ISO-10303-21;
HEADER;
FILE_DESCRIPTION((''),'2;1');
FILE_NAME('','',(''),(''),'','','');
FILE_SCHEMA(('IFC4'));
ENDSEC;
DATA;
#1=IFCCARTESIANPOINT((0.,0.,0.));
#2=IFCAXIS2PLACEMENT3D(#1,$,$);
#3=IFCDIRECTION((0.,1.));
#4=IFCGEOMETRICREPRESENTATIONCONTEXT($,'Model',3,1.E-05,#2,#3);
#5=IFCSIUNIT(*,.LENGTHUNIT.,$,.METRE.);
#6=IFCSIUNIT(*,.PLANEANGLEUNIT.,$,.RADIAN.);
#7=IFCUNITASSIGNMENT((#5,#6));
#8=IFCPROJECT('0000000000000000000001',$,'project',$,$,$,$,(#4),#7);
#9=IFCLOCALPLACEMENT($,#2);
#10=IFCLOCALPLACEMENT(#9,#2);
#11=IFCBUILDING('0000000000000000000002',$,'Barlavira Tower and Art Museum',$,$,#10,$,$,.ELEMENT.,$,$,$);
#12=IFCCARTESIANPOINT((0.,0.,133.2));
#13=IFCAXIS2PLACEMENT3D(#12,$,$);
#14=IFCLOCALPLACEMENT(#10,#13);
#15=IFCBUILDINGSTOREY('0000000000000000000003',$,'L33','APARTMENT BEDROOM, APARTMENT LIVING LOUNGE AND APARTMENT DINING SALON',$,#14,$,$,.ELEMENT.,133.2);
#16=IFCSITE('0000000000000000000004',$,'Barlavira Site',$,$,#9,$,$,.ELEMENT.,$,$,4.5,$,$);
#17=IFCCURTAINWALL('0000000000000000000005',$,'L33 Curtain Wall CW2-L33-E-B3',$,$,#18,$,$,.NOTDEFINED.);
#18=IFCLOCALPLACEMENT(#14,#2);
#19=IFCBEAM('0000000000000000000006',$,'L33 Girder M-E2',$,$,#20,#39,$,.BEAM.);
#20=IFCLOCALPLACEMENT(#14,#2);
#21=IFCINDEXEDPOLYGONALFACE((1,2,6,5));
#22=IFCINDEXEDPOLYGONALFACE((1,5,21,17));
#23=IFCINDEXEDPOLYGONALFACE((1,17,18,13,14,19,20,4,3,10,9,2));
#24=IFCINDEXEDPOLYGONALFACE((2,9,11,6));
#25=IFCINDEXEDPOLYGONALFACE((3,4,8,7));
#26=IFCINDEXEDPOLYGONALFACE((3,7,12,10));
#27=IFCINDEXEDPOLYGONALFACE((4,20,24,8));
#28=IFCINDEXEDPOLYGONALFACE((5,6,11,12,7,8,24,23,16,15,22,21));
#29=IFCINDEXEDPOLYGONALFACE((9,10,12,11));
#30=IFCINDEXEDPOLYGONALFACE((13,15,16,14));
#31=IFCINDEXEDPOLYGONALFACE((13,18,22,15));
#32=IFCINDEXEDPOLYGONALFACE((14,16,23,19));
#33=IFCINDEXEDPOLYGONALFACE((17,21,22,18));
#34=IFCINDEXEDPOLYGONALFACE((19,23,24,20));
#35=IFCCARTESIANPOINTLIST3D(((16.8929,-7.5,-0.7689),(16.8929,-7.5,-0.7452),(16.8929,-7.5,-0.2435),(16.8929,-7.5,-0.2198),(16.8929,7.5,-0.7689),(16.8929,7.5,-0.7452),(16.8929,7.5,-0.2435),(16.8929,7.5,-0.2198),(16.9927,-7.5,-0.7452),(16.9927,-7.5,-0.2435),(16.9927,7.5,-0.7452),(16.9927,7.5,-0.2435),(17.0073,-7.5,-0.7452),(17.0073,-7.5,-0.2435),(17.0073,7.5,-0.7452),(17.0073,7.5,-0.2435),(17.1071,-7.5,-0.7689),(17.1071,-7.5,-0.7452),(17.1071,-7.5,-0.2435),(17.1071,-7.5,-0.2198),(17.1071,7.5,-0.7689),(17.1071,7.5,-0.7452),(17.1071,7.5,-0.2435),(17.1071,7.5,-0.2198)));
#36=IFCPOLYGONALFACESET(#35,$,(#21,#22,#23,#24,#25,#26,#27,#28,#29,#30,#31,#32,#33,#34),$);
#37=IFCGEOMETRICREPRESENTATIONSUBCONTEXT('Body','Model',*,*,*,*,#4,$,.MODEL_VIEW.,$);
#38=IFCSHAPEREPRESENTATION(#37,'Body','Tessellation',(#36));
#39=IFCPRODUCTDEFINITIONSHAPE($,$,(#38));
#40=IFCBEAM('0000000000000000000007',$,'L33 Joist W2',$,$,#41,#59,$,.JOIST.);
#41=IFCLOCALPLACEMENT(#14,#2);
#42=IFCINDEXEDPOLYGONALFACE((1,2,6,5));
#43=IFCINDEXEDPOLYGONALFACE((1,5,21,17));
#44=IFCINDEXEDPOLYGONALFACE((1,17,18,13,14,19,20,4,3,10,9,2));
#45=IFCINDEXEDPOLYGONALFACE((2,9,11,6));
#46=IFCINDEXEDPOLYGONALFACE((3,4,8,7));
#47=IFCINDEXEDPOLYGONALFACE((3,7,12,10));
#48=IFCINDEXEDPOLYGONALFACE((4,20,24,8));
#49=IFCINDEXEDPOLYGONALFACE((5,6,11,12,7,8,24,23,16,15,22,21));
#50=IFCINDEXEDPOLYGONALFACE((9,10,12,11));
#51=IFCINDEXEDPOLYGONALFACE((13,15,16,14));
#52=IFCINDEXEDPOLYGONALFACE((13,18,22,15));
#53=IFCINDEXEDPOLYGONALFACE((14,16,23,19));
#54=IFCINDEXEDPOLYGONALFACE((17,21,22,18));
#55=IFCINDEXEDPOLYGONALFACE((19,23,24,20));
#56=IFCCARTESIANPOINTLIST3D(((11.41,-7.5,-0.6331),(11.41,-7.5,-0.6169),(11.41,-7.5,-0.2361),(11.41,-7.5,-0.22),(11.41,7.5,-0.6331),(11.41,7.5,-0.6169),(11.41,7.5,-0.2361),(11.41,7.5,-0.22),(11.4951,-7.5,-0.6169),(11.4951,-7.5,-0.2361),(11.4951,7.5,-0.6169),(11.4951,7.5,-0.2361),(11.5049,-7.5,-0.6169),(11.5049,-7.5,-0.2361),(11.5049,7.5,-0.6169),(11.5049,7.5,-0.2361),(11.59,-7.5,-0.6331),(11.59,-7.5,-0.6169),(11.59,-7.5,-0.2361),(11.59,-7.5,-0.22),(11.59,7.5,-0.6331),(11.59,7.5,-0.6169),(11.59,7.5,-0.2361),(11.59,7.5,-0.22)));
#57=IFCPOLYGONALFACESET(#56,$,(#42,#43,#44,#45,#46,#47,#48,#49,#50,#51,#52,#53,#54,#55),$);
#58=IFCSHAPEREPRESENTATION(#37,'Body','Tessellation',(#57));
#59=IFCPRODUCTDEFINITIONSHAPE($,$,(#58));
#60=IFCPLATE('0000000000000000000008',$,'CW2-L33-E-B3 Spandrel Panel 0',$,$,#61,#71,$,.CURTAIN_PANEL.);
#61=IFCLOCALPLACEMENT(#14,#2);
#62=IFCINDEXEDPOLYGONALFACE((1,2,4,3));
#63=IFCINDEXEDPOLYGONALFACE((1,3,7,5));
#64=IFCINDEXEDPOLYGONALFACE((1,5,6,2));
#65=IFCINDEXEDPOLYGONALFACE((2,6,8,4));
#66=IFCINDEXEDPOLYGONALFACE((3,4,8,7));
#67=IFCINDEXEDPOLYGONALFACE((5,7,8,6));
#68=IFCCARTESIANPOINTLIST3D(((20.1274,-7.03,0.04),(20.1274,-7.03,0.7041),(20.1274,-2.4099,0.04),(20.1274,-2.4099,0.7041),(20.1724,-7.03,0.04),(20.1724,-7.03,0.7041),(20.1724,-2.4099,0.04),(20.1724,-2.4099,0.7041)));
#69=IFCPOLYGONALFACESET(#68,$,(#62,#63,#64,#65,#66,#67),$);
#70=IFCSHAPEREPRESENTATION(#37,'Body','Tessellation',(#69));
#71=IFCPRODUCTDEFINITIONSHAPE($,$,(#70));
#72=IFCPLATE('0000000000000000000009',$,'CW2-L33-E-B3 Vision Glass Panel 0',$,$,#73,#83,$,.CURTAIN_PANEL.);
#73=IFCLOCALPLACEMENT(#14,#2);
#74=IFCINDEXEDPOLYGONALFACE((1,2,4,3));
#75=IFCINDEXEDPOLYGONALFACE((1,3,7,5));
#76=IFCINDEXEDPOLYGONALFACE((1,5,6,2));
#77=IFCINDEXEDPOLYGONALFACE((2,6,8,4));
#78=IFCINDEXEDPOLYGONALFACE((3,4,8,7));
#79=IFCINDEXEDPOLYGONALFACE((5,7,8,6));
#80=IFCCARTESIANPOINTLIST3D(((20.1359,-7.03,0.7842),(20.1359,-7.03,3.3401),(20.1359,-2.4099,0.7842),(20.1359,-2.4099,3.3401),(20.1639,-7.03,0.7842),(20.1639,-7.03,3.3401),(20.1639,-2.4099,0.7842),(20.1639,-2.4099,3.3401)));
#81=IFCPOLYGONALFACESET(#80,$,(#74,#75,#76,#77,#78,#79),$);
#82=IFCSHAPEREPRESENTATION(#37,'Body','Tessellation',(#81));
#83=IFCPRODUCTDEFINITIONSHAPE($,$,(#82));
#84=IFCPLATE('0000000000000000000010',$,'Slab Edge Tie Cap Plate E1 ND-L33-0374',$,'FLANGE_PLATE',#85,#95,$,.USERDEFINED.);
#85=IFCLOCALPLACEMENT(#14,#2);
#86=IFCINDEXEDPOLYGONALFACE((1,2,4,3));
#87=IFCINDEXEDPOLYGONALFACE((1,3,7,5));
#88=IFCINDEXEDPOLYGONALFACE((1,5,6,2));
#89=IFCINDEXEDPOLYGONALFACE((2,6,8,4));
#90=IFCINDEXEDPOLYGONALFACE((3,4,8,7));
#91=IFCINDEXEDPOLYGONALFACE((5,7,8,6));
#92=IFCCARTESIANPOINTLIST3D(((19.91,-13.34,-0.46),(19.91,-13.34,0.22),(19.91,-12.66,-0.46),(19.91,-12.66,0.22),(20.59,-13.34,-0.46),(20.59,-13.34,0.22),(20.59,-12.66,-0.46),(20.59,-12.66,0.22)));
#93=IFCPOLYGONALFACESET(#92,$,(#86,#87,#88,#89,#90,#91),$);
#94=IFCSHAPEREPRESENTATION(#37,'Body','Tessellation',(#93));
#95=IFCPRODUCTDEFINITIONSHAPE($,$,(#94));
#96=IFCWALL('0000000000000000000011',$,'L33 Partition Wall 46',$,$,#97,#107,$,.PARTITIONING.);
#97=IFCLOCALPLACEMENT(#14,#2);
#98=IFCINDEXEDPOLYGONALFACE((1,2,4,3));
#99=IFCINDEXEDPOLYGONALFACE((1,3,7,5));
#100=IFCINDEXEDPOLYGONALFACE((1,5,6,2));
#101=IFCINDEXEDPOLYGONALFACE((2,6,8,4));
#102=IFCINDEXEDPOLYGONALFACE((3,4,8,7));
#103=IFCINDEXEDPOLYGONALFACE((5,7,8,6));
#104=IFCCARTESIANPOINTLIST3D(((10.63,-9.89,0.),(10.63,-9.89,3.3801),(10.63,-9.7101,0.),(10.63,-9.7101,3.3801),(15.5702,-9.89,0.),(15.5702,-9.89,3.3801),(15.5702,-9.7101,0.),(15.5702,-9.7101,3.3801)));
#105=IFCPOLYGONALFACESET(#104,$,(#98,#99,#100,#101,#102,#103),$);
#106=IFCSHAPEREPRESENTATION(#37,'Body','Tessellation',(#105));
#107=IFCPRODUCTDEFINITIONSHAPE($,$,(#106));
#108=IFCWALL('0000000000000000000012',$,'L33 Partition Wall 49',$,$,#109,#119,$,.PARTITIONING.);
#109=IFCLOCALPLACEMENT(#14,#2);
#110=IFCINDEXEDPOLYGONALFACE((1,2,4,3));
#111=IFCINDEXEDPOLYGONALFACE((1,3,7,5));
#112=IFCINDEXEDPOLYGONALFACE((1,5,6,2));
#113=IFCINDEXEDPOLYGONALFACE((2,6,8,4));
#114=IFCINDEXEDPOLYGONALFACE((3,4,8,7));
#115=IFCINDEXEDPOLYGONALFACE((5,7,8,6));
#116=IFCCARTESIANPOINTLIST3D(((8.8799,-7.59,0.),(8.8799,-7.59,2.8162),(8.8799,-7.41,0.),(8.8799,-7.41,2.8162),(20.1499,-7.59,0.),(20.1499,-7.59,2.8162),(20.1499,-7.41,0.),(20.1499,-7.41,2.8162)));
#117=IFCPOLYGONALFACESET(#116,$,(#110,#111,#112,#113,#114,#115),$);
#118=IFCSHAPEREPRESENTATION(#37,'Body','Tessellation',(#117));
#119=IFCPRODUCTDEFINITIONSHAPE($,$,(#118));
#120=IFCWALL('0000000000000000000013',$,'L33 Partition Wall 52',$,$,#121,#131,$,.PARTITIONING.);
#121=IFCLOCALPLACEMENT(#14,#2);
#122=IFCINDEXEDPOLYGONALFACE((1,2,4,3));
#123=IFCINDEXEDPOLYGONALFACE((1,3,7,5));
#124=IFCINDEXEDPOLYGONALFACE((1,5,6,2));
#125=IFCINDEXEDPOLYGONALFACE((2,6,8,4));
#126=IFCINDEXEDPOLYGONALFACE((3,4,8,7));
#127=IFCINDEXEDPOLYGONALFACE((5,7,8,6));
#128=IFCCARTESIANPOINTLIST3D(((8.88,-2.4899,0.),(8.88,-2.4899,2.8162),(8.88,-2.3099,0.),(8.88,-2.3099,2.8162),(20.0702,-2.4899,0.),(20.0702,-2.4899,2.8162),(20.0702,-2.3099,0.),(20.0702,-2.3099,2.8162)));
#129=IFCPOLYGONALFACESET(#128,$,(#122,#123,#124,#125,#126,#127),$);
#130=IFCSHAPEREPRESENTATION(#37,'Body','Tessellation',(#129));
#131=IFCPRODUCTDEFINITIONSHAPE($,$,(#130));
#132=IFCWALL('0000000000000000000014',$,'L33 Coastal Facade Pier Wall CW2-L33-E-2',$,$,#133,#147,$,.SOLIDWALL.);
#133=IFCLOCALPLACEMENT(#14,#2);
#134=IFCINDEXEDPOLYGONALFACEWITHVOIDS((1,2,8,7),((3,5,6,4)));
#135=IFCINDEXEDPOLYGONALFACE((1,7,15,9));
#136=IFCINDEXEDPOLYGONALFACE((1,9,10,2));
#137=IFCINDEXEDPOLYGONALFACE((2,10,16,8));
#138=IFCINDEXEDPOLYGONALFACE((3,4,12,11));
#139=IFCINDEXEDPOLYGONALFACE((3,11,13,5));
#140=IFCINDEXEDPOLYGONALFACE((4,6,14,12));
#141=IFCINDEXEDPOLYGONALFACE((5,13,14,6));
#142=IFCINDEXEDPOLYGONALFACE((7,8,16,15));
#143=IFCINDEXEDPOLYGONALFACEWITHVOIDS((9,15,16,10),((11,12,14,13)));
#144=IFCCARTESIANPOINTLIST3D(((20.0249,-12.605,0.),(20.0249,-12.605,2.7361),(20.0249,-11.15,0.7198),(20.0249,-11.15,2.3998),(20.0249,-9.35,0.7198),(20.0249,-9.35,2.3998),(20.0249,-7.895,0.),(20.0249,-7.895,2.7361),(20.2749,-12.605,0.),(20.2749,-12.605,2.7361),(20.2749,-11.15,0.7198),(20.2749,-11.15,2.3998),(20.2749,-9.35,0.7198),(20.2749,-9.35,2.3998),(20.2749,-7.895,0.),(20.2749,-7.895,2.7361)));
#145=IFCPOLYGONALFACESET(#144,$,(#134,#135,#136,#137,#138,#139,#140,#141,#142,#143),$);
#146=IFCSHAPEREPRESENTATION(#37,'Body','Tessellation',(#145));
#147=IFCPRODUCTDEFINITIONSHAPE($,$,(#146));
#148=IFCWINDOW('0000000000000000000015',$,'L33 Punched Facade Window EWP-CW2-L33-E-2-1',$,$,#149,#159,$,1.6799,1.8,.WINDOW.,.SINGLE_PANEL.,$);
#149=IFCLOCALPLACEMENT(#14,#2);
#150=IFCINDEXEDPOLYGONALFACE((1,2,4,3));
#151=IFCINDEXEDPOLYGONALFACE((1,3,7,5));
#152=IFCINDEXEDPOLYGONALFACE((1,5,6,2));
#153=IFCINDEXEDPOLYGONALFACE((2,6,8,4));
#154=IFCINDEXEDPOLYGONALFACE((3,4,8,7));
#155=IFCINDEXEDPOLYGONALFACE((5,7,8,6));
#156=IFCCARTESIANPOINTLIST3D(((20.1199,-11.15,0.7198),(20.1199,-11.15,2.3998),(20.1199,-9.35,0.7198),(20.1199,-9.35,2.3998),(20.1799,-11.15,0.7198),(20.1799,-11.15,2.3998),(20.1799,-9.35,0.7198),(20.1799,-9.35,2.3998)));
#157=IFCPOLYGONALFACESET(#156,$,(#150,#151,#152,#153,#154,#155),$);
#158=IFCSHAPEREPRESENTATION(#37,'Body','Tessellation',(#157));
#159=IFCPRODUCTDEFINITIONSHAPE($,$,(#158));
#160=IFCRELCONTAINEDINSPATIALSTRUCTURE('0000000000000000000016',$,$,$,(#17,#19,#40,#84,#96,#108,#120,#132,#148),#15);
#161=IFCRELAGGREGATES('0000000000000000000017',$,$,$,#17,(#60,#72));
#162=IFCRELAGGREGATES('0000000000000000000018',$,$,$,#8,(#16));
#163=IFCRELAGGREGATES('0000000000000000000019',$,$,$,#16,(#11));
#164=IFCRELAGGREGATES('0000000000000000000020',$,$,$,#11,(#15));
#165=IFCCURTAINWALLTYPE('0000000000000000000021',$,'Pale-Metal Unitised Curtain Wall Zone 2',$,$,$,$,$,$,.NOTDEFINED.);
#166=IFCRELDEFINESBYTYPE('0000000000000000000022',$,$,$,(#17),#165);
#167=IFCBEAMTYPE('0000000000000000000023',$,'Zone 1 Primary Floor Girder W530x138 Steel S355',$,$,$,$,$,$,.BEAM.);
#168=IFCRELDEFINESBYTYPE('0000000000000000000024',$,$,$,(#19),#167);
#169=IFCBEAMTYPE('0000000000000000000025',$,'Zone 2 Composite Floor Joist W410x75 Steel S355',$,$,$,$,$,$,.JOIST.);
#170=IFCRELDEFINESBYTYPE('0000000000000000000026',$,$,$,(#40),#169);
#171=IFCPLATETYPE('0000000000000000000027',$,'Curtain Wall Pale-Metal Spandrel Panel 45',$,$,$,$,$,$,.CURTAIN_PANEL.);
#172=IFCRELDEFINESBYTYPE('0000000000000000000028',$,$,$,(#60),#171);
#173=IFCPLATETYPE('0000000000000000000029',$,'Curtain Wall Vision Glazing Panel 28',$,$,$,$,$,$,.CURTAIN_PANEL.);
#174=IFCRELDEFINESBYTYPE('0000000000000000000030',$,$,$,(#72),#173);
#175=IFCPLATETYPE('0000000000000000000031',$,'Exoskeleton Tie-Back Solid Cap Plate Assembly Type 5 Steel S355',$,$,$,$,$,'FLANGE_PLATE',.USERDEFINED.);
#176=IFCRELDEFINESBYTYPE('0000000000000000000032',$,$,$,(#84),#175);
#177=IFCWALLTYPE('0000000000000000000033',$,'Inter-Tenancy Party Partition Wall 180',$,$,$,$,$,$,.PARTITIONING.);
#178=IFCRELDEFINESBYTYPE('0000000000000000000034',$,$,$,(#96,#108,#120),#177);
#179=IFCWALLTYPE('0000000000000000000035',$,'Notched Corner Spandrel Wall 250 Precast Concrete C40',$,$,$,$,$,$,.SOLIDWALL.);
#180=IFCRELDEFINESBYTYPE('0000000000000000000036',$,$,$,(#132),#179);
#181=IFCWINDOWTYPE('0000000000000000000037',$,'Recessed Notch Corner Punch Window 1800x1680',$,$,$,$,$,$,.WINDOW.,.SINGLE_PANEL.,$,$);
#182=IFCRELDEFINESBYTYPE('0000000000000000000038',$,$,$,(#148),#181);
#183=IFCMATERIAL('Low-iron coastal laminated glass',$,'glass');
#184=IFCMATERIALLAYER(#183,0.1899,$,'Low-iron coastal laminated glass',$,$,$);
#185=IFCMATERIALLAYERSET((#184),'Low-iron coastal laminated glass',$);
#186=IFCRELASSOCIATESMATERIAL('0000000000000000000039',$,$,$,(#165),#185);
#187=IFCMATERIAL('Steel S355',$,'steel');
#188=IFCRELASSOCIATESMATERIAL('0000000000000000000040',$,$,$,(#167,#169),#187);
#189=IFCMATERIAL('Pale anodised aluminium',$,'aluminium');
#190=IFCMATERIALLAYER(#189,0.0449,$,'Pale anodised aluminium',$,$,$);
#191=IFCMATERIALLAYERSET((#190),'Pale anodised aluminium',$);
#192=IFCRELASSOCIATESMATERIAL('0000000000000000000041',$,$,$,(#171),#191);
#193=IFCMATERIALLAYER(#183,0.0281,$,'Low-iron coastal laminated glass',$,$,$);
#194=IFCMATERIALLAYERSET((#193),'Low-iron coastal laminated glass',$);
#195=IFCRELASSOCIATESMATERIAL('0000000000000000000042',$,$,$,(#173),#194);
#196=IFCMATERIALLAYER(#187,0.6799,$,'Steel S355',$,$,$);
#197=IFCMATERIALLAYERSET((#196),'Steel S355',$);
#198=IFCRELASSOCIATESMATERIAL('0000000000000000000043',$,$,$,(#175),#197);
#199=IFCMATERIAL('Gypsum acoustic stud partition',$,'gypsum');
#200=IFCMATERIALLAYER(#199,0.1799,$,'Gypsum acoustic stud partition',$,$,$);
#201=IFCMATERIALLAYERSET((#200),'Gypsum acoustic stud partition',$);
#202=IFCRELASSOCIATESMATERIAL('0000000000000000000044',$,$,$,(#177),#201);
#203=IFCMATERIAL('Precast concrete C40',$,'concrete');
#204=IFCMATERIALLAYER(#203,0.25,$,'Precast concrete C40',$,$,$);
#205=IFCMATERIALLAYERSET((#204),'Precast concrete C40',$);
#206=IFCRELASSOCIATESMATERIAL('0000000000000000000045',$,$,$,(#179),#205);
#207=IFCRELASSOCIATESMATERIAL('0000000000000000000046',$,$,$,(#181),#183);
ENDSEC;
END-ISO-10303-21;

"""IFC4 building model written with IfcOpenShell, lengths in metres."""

from ifc_helpers import new_model, si_unit, direction, frame, frame_2d, origin, origin_2d, place, context, subcontext, project, spatial, rectangle, i_section, extrude, material, layer, layer_set, material_profile, profile_set, type_object, element, fill, aggregate, save


model = new_model("IFC4")

# Units and contexts
model_context = context("Model", 3, precision=1e-05, world=origin(), true_north=direction((0.0, 1.0)))
body_context = subcontext(model_context, "Body", "Model", "MODEL_VIEW")
ifc_project = project(units=[si_unit("LENGTHUNIT", "METRE"), si_unit("PLANEANGLEUNIT", "RADIAN")], contexts=[model_context])

# Site, building, storey
site_placement = place(None, origin())
site = spatial("IfcSite", under=ifc_project, at=site_placement, Name="Barlavira Site", CompositionType="ELEMENT", RefElevation=4.5)
building_placement = place(site_placement, origin())
building = spatial("IfcBuilding", under=site, at=building_placement, Name="Barlavira Tower and Art Museum", CompositionType="ELEMENT")
storey_placement = place(building_placement, frame((0.0, 0.0, 133.2)))
storey = spatial("IfcBuildingStorey", under=building, at=storey_placement, Name="L33", Description="APARTMENT BEDROOM, APARTMENT LIVING LOUNGE AND APARTMENT DINING SALON", CompositionType="ELEMENT", Elevation=133.2)

# Curtain wall
ifc_material_1 = material(Name="Low-iron coastal laminated glass", Category="glass")
ifc_layer_1 = layer(ifc_material_1, 0.1899, Name="Low-iron coastal laminated glass")
ifc_layer_set_1 = layer_set([ifc_layer_1], Name="Low-iron coastal laminated glass")
curtain_wall_type = type_object("IfcCurtainWallType", Name="Pale-Metal Unitised Curtain Wall Zone 2", PredefinedType="NOTDEFINED", material=ifc_layer_set_1)
curtain_wall_placement = place(storey_placement, origin())
curtain_wall = element("IfcCurtainWall", 1, at=curtain_wall_placement, inside=storey, type_object=curtain_wall_type, Name="L33 Curtain Wall CW2-L33-E-B3", PredefinedType="NOTDEFINED")
ifc_material_2 = material(Name="Pale anodised aluminium", Category="aluminium")

# Shared definitions
ifc_material_3 = material(Name="Steel S355", Category="steel")

# Beams
ifc_material_profile_1 = material_profile(ifc_material_3, i_section(OverallWidth=0.2141, OverallDepth=0.5491, WebThickness=0.0146, FlangeThickness=0.0237, at=origin_2d()), Name="W530x138.0")
ifc_profile_set_1 = profile_set([ifc_material_profile_1], Name="Steel S355")
beam_type_1 = type_object("IfcBeamType", Name="Zone 1 Primary Floor Girder W530x138 Steel S355", PredefinedType="BEAM", material=ifc_profile_set_1)
beam_1_placement = place(storey_placement, frame((17.0, -7.5, -0.4944), z_axis=(0.0, 1.0, 0.0), x_axis=(-1.0, 0.0, 0.0)))
element("IfcBeam", 2, at=beam_1_placement, inside=storey, type_object=beam_type_1, Name="L33 Girder M-E2", PredefinedType="BEAM", context=body_context, shape_type="SweptSolid", body=[
    extrude(i_section(OverallWidth=0.2141, OverallDepth=0.5491, WebThickness=0.0146, FlangeThickness=0.0237, at=origin_2d()), origin(), (0.0, 0.0, 1.0), 15.0),
])
ifc_material_profile_2 = material_profile(ifc_material_3, i_section(OverallWidth=0.1799, OverallDepth=0.4131, WebThickness=0.0098, FlangeThickness=0.0161, at=origin_2d()), Name="W410x75.0")
ifc_profile_set_2 = profile_set([ifc_material_profile_2], Name="Steel S355")
beam_type_2 = type_object("IfcBeamType", Name="Zone 2 Composite Floor Joist W410x75 Steel S355", PredefinedType="JOIST", material=ifc_profile_set_2)
beam_2_placement = place(storey_placement, frame((11.5, -7.5, -0.4265), z_axis=(0.0, 1.0, 0.0), x_axis=(-1.0, 0.0, 0.0)))
element("IfcBeam", 3, at=beam_2_placement, inside=storey, type_object=beam_type_2, Name="L33 Joist W2", PredefinedType="JOIST", context=body_context, shape_type="SweptSolid", body=[
    extrude(i_section(OverallWidth=0.1799, OverallDepth=0.4131, WebThickness=0.0098, FlangeThickness=0.0161, at=origin_2d()), origin(), (0.0, 0.0, 1.0), 15.0),
])

# Plates
ifc_layer_2 = layer(ifc_material_2, 0.0449, Name="Pale anodised aluminium")
ifc_layer_set_2 = layer_set([ifc_layer_2], Name="Pale anodised aluminium")
plate_type_1 = type_object("IfcPlateType", Name="Curtain Wall Pale-Metal Spandrel Panel 45", PredefinedType="CURTAIN_PANEL", material=ifc_layer_set_2)
plate_1_placement = place(storey_placement, frame((20.1499, -4.72, 0.04), z_axis=(0.0, 0.0, 1.0), x_axis=(0.0, 1.0, 0.0)))
plate_1 = element("IfcPlate", 4, at=plate_1_placement, type_object=plate_type_1, Name="CW2-L33-E-B3 Spandrel Panel 0", PredefinedType="CURTAIN_PANEL", context=body_context, shape_type="SweptSolid", body=[
    extrude(rectangle(XDim=4.6201, YDim=0.0449, at=origin_2d()), origin(), (0.0, 0.0, 1.0), 0.6641),
])
ifc_layer_3 = layer(ifc_material_1, 0.0281, Name="Low-iron coastal laminated glass")
ifc_layer_set_3 = layer_set([ifc_layer_3], Name="Low-iron coastal laminated glass")
plate_type_2 = type_object("IfcPlateType", Name="Curtain Wall Vision Glazing Panel 28", PredefinedType="CURTAIN_PANEL", material=ifc_layer_set_3)
plate_2_placement = place(storey_placement, frame((20.1499, -4.72, 0.7842), z_axis=(0.0, 0.0, 1.0), x_axis=(0.0, 1.0, 0.0)))
plate_2 = element("IfcPlate", 5, at=plate_2_placement, type_object=plate_type_2, Name="CW2-L33-E-B3 Vision Glass Panel 0", PredefinedType="CURTAIN_PANEL", context=body_context, shape_type="SweptSolid", body=[
    extrude(rectangle(XDim=4.6201, YDim=0.0281, at=origin_2d()), origin(), (0.0, 0.0, 1.0), 2.5559),
])
aggregate(curtain_wall, [plate_1, plate_2])
ifc_layer_4 = layer(ifc_material_3, 0.6799, Name="Steel S355")
ifc_layer_set_4 = layer_set([ifc_layer_4], Name="Steel S355")
plate_type_3 = type_object("IfcPlateType", Name="Exoskeleton Tie-Back Solid Cap Plate Assembly Type 5 Steel S355", ElementType="FLANGE_PLATE", PredefinedType="USERDEFINED", material=ifc_layer_set_4)
plate_3_placement = place(storey_placement, frame((20.25, -13.0, -0.46), z_axis=(0.0, 0.0, 1.0), x_axis=(1.0, 0.0, 0.0)))
element("IfcPlate", 6, at=plate_3_placement, inside=storey, type_object=plate_type_3, Name="Slab Edge Tie Cap Plate E1 ND-L33-0374", ObjectType="FLANGE_PLATE", PredefinedType="USERDEFINED", context=body_context, shape_type="SweptSolid", body=[
    extrude(rectangle(XDim=0.6799, YDim=0.6799, at=origin_2d()), origin(), (0.0, 0.0, 1.0), 0.6799),
])

# Shared definitions
ifc_material_4 = material(Name="Gypsum acoustic stud partition", Category="gypsum")
ifc_layer_5 = layer(ifc_material_4, 0.1799, Name="Gypsum acoustic stud partition")
ifc_layer_set_5 = layer_set([ifc_layer_5], Name="Gypsum acoustic stud partition")
wall_type_1 = type_object("IfcWallType", Name="Inter-Tenancy Party Partition Wall 180", PredefinedType="PARTITIONING", material=ifc_layer_set_5)

# Walls
wall_1_placement = place(storey_placement, frame((10.6299, -9.8, 0.0), z_axis=(0.0, 0.0, 1.0), x_axis=(1.0, 0.0, 0.0)))
element("IfcWall", 7, at=wall_1_placement, inside=storey, type_object=wall_type_1, Name="L33 Partition Wall 46", PredefinedType="PARTITIONING", context=body_context, shape_type="SweptSolid", body=[
    extrude(rectangle(XDim=4.9402, YDim=0.1799, at=frame_2d((2.4702, 0.0))), origin(), (0.0, 0.0, 1.0), 3.3801),
])
wall_2_placement = place(storey_placement, frame((8.8799, -7.5, 0.0), z_axis=(0.0, 0.0, 1.0), x_axis=(1.0, 0.0, 0.0)))
element("IfcWall", 8, at=wall_2_placement, inside=storey, type_object=wall_type_1, Name="L33 Partition Wall 49", PredefinedType="PARTITIONING", context=body_context, shape_type="SweptSolid", body=[
    extrude(rectangle(XDim=11.27, YDim=0.1799, at=frame_2d((5.635, 0.0))), origin(), (0.0, 0.0, 1.0), 2.8162),
])
wall_3_placement = place(storey_placement, frame((8.8799, -2.3999, 0.0), z_axis=(0.0, 0.0, 1.0), x_axis=(1.0, 0.0, 0.0)))
element("IfcWall", 9, at=wall_3_placement, inside=storey, type_object=wall_type_1, Name="L33 Partition Wall 52", PredefinedType="PARTITIONING", context=body_context, shape_type="SweptSolid", body=[
    extrude(rectangle(XDim=11.1902, YDim=0.1799, at=frame_2d((5.5952, 0.0))), origin(), (0.0, 0.0, 1.0), 2.8162),
])

# Wall, opening, window
ifc_material_5 = material(Name="Precast concrete C40", Category="concrete")
ifc_layer_6 = layer(ifc_material_5, 0.25, Name="Precast concrete C40")
ifc_layer_set_6 = layer_set([ifc_layer_6], Name="Precast concrete C40")
wall_type_2 = type_object("IfcWallType", Name="Notched Corner Spandrel Wall 250 Precast Concrete C40", PredefinedType="SOLIDWALL", material=ifc_layer_set_6)
wall_4_placement = place(storey_placement, frame((20.1499, -12.605, 0.0), z_axis=(0.0, 0.0, 1.0), x_axis=(0.0, 1.0, 0.0)))
wall_4 = element("IfcWall", 10, at=wall_4_placement, inside=storey, type_object=wall_type_2, Name="L33 Coastal Facade Pier Wall CW2-L33-E-2", PredefinedType="SOLIDWALL", context=body_context, shape_type="SweptSolid", body=[
    extrude(rectangle(XDim=4.71, YDim=0.25, at=frame_2d((2.355, 0.0))), origin(), (0.0, 0.0, 1.0), 2.7361),
])
opening_1_placement = place(wall_4_placement, frame((1.4551, 0.0, 0.72)))
opening_1 = element("IfcOpeningElement", 11, at=opening_1_placement, cuts=wall_4, PredefinedType="OPENING", context=body_context, shape_type="SweptSolid", body=[
    extrude(rectangle(XDim=1.8, YDim=1.6799, at=frame_2d((0.8999, 0.8398))), frame((0.0, 0.135, 0.0), z_axis=(0.0, -1.0, 0.0), x_axis=(1.0, 0.0, 0.0)), (0.0, 0.0, 1.0), 0.27),
])
window_type = type_object("IfcWindowType", Name="Recessed Notch Corner Punch Window 1800x1680", PartitioningType="SINGLE_PANEL", PredefinedType="WINDOW", material=ifc_material_1)
window_placement = place(opening_1_placement, origin())
window = element("IfcWindow", 12, at=window_placement, inside=storey, type_object=window_type, Name="L33 Punched Facade Window EWP-CW2-L33-E-2-1", OverallHeight=1.6799, OverallWidth=1.8, PartitioningType="SINGLE_PANEL", PredefinedType="WINDOW", context=body_context, shape_type="SweptSolid", body=[
    extrude(rectangle(XDim=1.8, YDim=1.6799, at=frame_2d((0.8999, 0.8398))), frame((0.0, 0.03, 0.0), z_axis=(0.0, -1.0, 0.0), x_axis=(1.0, 0.0, 0.0)), (0.0, 0.0, 1.0), 0.0601),
])
fill(opening_1, window)

save(model, "model.ifc")
